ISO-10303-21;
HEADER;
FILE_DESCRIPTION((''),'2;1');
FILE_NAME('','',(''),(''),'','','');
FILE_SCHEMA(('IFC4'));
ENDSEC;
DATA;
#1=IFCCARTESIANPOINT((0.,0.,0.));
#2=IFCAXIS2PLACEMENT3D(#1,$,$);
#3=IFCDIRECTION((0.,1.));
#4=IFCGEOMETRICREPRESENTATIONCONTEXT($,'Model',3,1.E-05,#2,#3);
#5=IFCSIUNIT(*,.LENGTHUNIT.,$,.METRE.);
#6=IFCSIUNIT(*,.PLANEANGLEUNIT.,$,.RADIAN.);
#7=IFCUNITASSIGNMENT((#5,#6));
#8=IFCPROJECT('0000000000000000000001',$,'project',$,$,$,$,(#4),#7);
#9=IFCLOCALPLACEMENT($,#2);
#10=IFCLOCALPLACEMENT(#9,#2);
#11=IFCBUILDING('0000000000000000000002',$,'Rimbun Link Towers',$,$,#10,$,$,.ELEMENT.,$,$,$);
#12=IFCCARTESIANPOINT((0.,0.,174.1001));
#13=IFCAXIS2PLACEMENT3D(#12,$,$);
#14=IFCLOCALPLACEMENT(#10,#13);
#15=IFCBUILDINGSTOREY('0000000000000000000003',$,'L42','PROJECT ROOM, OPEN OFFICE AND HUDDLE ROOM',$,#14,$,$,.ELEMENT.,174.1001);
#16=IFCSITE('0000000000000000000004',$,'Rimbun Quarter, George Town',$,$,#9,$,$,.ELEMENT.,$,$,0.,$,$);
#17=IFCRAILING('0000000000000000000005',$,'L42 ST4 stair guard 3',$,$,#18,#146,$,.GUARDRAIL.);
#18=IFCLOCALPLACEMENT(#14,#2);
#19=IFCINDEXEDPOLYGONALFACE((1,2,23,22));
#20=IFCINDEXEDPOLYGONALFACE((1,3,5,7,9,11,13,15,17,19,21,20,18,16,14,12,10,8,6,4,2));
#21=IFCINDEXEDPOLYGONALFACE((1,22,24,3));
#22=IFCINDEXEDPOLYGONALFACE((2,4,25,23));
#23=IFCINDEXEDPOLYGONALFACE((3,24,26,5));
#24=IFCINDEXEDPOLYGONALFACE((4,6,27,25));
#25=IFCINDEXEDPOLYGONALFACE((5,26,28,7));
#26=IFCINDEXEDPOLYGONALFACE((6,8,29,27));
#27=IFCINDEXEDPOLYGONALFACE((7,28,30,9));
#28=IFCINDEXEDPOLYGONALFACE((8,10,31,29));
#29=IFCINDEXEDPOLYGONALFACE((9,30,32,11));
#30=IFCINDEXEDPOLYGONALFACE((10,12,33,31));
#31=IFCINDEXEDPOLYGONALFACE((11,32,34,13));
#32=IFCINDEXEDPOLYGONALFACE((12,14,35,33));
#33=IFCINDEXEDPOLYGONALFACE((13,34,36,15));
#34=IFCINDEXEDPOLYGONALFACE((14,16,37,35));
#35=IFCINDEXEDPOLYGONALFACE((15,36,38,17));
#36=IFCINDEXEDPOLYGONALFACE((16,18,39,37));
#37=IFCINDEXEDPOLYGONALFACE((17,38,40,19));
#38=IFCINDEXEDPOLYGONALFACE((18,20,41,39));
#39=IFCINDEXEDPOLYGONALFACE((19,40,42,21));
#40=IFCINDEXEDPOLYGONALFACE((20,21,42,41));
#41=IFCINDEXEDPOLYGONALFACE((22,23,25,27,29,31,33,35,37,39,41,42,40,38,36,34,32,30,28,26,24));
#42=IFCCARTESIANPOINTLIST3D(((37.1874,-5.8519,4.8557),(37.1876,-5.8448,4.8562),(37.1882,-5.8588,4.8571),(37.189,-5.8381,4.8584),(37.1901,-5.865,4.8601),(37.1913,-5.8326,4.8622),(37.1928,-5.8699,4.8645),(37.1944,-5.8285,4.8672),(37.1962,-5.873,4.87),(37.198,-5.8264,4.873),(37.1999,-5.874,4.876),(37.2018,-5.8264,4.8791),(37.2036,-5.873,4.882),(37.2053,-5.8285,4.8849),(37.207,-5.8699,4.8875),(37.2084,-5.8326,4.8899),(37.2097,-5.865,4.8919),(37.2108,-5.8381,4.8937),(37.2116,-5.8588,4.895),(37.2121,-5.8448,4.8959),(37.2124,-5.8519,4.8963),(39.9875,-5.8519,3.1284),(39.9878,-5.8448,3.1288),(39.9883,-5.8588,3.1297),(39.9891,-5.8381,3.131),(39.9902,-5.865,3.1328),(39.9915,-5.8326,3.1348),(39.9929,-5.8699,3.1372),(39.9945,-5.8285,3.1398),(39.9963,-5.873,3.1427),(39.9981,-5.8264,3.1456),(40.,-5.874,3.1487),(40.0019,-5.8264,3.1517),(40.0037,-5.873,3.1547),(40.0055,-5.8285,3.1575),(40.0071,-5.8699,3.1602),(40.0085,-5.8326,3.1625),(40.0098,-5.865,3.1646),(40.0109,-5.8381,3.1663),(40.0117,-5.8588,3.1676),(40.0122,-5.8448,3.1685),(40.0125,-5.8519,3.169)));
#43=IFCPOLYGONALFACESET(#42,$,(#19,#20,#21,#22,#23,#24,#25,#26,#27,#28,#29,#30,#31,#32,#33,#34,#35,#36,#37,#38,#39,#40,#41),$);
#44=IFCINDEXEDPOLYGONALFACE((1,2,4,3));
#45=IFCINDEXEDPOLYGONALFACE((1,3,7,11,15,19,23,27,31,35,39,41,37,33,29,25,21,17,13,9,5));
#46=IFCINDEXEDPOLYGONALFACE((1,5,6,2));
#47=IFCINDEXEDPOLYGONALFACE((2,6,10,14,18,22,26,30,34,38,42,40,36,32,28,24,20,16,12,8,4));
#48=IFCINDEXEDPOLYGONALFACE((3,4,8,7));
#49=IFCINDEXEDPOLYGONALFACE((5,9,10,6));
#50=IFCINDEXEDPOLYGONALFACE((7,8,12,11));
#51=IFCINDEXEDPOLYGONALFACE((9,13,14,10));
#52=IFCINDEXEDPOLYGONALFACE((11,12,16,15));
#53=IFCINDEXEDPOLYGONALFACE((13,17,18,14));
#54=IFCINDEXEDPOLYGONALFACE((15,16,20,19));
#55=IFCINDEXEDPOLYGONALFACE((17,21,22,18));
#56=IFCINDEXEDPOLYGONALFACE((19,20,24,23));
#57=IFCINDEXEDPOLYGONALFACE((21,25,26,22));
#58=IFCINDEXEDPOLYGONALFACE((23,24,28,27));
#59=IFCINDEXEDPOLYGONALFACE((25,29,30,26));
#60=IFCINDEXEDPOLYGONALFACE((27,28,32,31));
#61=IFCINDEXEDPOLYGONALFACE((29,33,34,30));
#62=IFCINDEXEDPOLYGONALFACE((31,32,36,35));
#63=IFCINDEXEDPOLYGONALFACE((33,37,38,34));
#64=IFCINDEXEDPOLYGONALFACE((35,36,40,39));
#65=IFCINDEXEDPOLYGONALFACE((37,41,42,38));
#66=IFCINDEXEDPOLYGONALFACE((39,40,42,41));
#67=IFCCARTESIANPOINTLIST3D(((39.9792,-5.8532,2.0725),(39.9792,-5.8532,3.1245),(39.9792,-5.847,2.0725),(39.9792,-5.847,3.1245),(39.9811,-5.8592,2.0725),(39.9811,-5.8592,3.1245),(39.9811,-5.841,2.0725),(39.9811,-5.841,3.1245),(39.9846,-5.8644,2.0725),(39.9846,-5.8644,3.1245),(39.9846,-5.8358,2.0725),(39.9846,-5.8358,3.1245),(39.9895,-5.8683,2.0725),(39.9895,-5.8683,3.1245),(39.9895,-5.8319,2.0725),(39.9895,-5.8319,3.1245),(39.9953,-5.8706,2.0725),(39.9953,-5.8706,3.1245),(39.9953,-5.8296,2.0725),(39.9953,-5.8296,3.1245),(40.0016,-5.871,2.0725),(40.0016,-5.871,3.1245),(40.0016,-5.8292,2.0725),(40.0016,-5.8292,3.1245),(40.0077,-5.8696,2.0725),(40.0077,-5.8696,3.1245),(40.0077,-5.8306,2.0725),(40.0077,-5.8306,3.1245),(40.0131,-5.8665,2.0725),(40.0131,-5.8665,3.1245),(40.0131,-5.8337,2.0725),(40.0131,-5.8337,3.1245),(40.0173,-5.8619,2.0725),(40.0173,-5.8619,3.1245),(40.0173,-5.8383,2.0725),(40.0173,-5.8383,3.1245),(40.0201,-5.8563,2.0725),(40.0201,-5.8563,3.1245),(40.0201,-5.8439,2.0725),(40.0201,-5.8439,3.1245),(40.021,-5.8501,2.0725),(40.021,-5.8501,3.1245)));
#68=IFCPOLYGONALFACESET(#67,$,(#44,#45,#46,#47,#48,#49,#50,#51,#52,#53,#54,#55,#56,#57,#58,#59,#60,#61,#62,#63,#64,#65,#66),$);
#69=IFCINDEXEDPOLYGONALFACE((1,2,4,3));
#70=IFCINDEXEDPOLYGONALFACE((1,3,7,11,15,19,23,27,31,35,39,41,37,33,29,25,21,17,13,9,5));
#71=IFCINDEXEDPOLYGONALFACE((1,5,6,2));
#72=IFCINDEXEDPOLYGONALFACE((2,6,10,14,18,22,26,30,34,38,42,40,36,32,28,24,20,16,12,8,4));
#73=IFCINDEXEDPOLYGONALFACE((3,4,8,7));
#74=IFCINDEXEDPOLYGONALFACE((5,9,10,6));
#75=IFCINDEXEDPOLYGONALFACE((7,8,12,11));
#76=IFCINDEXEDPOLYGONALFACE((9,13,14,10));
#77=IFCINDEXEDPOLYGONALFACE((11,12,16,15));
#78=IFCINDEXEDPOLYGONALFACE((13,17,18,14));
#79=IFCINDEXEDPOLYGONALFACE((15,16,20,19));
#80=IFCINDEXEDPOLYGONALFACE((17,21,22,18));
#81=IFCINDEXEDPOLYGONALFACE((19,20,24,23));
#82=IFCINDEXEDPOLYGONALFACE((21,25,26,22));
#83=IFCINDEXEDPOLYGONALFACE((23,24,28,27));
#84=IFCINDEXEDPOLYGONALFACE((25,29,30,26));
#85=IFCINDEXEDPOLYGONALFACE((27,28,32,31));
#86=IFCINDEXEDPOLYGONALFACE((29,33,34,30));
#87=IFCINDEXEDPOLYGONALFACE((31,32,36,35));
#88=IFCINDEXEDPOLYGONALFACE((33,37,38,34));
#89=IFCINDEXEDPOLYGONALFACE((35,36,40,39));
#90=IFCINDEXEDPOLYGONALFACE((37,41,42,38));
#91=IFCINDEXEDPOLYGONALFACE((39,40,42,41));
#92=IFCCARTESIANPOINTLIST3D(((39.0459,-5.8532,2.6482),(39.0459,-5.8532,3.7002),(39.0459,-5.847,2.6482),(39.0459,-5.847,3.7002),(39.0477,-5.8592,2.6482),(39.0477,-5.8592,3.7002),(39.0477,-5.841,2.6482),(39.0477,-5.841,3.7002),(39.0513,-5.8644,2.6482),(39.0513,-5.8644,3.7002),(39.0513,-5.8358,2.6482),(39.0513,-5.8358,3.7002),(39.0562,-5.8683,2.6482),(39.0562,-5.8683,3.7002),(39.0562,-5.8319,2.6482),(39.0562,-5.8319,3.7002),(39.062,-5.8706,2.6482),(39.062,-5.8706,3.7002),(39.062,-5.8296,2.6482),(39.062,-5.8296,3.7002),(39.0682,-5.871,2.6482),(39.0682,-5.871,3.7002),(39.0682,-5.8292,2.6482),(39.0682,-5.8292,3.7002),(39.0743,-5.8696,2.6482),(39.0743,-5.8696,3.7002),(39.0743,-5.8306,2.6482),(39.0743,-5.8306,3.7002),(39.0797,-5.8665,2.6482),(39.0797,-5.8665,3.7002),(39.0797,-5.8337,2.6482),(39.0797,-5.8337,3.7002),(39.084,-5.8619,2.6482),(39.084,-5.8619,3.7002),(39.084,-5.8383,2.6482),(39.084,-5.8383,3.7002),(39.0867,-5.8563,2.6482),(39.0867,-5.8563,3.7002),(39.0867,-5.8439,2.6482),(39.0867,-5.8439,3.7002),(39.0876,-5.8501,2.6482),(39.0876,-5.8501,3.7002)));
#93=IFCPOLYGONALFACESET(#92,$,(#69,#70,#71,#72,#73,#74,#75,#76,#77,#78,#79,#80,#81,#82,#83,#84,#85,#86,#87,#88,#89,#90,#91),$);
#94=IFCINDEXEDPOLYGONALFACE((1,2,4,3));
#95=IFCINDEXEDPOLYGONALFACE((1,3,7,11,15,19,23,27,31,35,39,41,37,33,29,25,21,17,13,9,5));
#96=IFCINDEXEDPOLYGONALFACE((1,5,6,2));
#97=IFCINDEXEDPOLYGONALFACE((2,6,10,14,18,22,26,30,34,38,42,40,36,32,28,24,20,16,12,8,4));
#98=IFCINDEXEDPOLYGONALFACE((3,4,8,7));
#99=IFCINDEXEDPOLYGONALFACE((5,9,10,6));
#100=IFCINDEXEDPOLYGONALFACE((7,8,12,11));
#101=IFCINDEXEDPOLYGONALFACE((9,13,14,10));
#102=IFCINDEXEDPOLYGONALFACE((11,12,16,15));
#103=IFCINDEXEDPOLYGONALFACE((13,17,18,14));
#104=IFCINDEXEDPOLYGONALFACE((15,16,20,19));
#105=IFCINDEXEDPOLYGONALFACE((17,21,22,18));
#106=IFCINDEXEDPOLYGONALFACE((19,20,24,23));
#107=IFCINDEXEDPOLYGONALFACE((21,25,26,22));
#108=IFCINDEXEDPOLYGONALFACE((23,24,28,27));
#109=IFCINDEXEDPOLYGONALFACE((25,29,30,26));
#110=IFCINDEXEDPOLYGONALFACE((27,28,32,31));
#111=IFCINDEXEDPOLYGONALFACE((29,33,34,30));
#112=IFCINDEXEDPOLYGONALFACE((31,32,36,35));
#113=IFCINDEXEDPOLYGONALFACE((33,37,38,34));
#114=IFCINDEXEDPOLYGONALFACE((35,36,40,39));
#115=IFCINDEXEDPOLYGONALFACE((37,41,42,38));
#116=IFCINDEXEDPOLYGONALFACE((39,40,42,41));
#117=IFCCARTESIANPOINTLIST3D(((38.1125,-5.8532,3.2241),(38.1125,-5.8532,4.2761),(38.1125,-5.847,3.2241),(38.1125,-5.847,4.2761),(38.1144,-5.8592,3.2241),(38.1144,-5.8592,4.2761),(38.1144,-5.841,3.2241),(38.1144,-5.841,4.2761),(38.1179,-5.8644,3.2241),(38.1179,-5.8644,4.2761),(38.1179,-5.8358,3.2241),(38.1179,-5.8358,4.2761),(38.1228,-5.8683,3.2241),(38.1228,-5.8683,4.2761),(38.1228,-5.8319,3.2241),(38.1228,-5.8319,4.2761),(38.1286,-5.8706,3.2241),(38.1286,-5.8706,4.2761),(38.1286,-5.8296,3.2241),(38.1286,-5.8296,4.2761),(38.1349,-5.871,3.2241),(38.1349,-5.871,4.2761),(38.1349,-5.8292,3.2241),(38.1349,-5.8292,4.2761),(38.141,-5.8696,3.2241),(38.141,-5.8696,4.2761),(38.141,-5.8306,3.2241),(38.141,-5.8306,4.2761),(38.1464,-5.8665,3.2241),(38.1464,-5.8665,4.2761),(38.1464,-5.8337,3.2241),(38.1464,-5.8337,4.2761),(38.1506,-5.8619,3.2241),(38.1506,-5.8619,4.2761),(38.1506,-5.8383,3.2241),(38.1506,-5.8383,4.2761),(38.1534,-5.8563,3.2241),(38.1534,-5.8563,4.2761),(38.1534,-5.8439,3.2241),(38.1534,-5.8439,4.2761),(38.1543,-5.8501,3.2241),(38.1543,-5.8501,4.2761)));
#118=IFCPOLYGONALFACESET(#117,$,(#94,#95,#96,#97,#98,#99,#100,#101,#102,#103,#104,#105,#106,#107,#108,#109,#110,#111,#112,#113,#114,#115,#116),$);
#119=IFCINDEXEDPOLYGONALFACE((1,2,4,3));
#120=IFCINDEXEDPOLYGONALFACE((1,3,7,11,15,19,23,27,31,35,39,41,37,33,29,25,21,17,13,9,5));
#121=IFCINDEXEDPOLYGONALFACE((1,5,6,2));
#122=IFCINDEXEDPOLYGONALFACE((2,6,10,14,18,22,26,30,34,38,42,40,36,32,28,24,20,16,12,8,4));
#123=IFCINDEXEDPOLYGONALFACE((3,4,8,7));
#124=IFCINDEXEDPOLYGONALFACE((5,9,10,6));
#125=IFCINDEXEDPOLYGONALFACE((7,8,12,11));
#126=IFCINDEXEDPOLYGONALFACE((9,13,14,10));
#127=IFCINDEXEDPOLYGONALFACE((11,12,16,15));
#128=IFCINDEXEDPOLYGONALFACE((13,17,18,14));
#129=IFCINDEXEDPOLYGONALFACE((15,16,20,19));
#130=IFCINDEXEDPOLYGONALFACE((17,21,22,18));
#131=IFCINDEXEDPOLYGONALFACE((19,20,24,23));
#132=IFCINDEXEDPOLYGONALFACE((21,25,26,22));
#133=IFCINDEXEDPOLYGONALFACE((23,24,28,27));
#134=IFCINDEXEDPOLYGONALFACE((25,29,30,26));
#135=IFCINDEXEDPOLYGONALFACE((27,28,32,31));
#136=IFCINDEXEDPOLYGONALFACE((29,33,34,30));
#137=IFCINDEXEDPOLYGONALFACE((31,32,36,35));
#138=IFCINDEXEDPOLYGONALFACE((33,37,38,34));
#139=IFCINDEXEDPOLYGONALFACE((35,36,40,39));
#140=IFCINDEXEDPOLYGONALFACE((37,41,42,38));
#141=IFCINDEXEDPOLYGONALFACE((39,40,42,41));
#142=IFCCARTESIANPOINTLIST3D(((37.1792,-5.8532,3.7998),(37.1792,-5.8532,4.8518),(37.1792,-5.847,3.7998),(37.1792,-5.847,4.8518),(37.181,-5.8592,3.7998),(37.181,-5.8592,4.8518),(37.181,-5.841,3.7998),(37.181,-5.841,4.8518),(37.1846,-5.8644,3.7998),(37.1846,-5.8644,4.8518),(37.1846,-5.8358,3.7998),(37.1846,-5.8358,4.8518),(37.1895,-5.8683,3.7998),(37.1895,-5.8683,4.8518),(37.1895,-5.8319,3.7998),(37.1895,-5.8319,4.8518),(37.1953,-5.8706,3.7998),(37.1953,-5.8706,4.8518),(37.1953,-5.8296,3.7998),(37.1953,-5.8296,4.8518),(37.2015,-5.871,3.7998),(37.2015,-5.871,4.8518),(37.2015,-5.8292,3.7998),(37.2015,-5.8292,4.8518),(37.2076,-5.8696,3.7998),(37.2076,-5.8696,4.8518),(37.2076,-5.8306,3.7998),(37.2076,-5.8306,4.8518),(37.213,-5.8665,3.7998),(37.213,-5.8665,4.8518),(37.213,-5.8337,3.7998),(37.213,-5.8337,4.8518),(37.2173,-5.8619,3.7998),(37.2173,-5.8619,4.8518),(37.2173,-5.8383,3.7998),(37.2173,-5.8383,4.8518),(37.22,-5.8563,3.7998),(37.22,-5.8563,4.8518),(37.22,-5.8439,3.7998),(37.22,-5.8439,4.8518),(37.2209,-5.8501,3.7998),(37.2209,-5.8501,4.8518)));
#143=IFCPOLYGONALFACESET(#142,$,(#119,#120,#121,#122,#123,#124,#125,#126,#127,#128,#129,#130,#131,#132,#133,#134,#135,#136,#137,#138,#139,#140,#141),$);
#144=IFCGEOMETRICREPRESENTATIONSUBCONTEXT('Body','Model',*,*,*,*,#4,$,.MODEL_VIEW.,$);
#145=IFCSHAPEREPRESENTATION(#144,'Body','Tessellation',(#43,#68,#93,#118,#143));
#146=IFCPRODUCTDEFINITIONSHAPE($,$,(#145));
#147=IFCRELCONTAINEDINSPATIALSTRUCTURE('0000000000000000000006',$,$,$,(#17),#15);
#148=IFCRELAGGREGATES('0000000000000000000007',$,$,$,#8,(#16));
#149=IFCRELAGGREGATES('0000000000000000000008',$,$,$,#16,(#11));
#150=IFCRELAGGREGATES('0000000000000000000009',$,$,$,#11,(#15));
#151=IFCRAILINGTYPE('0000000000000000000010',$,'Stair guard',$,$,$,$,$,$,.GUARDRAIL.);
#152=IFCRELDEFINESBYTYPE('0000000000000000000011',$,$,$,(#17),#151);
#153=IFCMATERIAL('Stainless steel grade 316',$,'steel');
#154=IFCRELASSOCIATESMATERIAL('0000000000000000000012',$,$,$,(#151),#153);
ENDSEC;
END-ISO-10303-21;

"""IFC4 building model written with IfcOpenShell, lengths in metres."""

from ifc_helpers import new_model, si_unit, direction, frame, origin, origin_2d, place, context, subcontext, project, spatial, circle, extrude, material, type_object, element, save


model = new_model("IFC4")

# Units and contexts
model_context = context("Model", 3, precision=1e-05, world=origin(), true_north=direction((0.0, 1.0)))
body_context = subcontext(model_context, "Body", "Model", "MODEL_VIEW")
ifc_project = project(units=[si_unit("LENGTHUNIT", "METRE"), si_unit("PLANEANGLEUNIT", "RADIAN")], contexts=[model_context])

# Site, building, storey
site_placement = place(None, origin())
site = spatial("IfcSite", under=ifc_project, at=site_placement, Name="Rimbun Quarter, George Town", CompositionType="ELEMENT", RefElevation=0.0)
building_placement = place(site_placement, origin())
building = spatial("IfcBuilding", under=site, at=building_placement, Name="Rimbun Link Towers", CompositionType="ELEMENT")
storey_placement = place(building_placement, frame((0.0, 0.0, 174.1001)))
storey = spatial("IfcBuildingStorey", under=building, at=storey_placement, Name="L42", Description="PROJECT ROOM, OPEN OFFICE AND HUDDLE ROOM", CompositionType="ELEMENT", Elevation=174.1001)

# Railing
ifc_material_1 = material(Name="Stainless steel grade 316", Category="steel")
railing_type_1 = type_object("IfcRailingType", Name="Stair guard", PredefinedType="GUARDRAIL", material=ifc_material_1)
railing_1_placement = place(storey_placement, frame((40.0, -5.8501, 2.0725)))
element("IfcRailing", 1, at=railing_1_placement, inside=storey, type_object=railing_type_1, Name="L42 ST4 stair guard 3", PredefinedType="GUARDRAIL", context=body_context, shape_type="SweptSolid", body=[
    extrude(circle(Radius=0.0239, at=origin_2d()), frame((0.0, 0.0, 1.0762), z_axis=(-0.85109, 0.0, 0.52502), x_axis=(0.0, -1.0, 0.0)), (0.0, 0.0, 1.0), 3.29),
    extrude(circle(Radius=0.021, at=origin_2d()), origin(), (0.0, 0.0, 1.0), 1.052),
    extrude(circle(Radius=0.021, at=origin_2d()), frame((-0.9333, 0.0, 0.5757)), (0.0, 0.0, 1.0), 1.052),
    extrude(circle(Radius=0.021, at=origin_2d()), frame((-1.8667, 0.0, 1.1516)), (0.0, 0.0, 1.0), 1.052),
    extrude(circle(Radius=0.021, at=origin_2d()), frame((-2.8, 0.0, 1.7273)), (0.0, 0.0, 1.0), 1.052),
])

save(model, "model.ifc")
